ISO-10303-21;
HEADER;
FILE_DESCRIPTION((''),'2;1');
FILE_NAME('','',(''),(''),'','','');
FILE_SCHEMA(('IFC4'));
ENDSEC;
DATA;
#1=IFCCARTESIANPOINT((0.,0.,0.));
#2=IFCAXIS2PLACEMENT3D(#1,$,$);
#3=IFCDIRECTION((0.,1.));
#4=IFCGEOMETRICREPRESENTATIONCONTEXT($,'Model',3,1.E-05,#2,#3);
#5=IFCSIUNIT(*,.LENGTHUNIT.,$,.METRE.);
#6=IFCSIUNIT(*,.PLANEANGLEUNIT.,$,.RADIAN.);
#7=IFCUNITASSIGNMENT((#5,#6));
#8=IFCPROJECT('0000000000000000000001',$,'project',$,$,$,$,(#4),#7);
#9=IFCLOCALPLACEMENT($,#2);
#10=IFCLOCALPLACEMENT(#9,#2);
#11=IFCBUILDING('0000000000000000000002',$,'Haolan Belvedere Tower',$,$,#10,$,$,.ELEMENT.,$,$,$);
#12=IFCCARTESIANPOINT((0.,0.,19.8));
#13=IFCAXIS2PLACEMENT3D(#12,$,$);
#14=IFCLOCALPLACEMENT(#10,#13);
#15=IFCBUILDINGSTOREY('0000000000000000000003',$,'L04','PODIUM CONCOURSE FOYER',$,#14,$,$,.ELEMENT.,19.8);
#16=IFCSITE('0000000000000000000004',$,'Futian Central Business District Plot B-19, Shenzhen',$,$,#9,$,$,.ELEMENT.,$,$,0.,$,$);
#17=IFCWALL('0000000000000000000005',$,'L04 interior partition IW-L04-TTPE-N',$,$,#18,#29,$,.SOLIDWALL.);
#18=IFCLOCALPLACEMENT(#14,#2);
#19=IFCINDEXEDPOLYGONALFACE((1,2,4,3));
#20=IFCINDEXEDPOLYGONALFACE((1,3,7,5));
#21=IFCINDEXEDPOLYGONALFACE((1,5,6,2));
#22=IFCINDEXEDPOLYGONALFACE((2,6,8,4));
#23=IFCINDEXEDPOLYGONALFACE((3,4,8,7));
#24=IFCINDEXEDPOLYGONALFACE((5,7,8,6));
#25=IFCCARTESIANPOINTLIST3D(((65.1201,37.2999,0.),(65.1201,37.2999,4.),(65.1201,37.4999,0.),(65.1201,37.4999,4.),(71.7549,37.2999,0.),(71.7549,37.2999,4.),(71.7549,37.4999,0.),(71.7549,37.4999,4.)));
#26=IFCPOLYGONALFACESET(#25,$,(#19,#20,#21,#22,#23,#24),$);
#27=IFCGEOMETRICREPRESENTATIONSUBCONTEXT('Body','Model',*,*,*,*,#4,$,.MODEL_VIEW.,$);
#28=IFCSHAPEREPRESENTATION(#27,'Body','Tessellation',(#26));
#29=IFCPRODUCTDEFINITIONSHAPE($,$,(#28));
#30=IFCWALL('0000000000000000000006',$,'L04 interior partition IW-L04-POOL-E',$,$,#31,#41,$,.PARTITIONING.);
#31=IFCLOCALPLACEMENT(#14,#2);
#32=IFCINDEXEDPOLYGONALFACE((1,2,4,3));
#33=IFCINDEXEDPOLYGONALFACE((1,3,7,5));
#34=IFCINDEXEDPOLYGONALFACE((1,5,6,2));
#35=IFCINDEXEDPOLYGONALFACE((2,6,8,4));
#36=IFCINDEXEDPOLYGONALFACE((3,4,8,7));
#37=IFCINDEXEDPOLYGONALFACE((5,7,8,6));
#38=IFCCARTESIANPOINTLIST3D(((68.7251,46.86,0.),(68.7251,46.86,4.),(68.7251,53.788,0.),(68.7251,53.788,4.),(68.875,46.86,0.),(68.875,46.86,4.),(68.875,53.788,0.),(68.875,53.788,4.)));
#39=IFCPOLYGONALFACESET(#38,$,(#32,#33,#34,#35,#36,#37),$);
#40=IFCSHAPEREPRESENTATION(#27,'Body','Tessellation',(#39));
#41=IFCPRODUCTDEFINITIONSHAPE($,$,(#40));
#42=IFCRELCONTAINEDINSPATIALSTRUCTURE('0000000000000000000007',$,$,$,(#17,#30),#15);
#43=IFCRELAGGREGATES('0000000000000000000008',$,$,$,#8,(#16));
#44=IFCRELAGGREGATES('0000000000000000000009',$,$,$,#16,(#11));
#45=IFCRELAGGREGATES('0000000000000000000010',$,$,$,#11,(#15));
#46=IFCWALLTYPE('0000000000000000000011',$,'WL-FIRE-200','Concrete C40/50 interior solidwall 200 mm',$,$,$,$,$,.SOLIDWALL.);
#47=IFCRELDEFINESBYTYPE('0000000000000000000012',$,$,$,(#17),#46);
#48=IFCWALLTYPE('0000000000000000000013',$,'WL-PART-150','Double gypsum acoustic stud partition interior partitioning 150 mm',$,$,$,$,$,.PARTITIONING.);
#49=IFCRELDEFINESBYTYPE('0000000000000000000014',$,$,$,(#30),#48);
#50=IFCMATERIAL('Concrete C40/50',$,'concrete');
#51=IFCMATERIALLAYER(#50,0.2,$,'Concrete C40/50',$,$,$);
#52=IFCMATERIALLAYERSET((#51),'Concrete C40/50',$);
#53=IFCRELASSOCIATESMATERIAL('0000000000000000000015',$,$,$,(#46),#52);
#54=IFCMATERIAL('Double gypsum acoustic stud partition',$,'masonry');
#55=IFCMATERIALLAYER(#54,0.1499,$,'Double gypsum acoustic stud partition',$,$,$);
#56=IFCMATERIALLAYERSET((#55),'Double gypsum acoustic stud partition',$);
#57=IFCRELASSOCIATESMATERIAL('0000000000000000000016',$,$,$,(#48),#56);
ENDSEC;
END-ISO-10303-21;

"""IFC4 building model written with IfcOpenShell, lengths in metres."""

from ifc_helpers import new_model, si_unit, direction, frame, frame_2d, origin, place, context, subcontext, project, spatial, rectangle, extrude, material, layer, layer_set, type_object, element, save


model = new_model("IFC4")

# Units and contexts
model_context = context("Model", 3, precision=1e-05, world=origin(), true_north=direction((0.0, 1.0)))
body_context = subcontext(model_context, "Body", "Model", "MODEL_VIEW")
ifc_project = project(units=[si_unit("LENGTHUNIT", "METRE"), si_unit("PLANEANGLEUNIT", "RADIAN")], contexts=[model_context])

# Site, building, storey
site_placement = place(None, origin())
site = spatial("IfcSite", under=ifc_project, at=site_placement, Name="Futian Central Business District Plot B-19, Shenzhen", CompositionType="ELEMENT", RefElevation=0.0)
building_placement = place(site_placement, origin())
building = spatial("IfcBuilding", under=site, at=building_placement, Name="Haolan Belvedere Tower", CompositionType="ELEMENT")
storey_placement = place(building_placement, frame((0.0, 0.0, 19.8)))
storey = spatial("IfcBuildingStorey", under=building, at=storey_placement, Name="L04", Description="PODIUM CONCOURSE FOYER", CompositionType="ELEMENT", Elevation=19.8)

# Walls
ifc_material_1 = material(Name="Concrete C40/50", Category="concrete")
ifc_layer_1 = layer(ifc_material_1, 0.2, Name="Concrete C40/50")
ifc_layer_set_1 = layer_set([ifc_layer_1], Name="Concrete C40/50")
wall_type_1 = type_object("IfcWallType", Name="WL-FIRE-200", Description="Concrete C40/50 interior solidwall 200 mm", PredefinedType="SOLIDWALL", material=ifc_layer_set_1)
wall_1_placement = place(storey_placement, frame((65.1201, 37.3999, 0.0), z_axis=(0.0, 0.0, 1.0), x_axis=(1.0, 0.0, 0.0)))
element("IfcWall", 1, at=wall_1_placement, inside=storey, type_object=wall_type_1, Name="L04 interior partition IW-L04-TTPE-N", PredefinedType="SOLIDWALL", context=body_context, shape_type="SweptSolid", body=[
    extrude(rectangle(XDim=6.6348, YDim=0.2, at=frame_2d((3.3174, 0.0))), origin(), (0.0, 0.0, 1.0), 4.0),
])
ifc_material_2 = material(Name="Double gypsum acoustic stud partition", Category="masonry")
ifc_layer_2 = layer(ifc_material_2, 0.1499, Name="Double gypsum acoustic stud partition")
ifc_layer_set_2 = layer_set([ifc_layer_2], Name="Double gypsum acoustic stud partition")
wall_type_2 = type_object("IfcWallType", Name="WL-PART-150", Description="Double gypsum acoustic stud partition interior partitioning 150 mm", PredefinedType="PARTITIONING", material=ifc_layer_set_2)
wall_2_placement = place(storey_placement, frame((68.8, 46.8601, 0.0), z_axis=(0.0, 0.0, 1.0), x_axis=(0.0, 1.0, 0.0)))
element("IfcWall", 2, at=wall_2_placement, inside=storey, type_object=wall_type_2, Name="L04 interior partition IW-L04-POOL-E", PredefinedType="PARTITIONING", context=body_context, shape_type="SweptSolid", body=[
    extrude(rectangle(XDim=6.928, YDim=0.1499, at=frame_2d((3.4639, 0.0))), origin(), (0.0, 0.0, 1.0), 4.0),
])

save(model, "model.ifc")
